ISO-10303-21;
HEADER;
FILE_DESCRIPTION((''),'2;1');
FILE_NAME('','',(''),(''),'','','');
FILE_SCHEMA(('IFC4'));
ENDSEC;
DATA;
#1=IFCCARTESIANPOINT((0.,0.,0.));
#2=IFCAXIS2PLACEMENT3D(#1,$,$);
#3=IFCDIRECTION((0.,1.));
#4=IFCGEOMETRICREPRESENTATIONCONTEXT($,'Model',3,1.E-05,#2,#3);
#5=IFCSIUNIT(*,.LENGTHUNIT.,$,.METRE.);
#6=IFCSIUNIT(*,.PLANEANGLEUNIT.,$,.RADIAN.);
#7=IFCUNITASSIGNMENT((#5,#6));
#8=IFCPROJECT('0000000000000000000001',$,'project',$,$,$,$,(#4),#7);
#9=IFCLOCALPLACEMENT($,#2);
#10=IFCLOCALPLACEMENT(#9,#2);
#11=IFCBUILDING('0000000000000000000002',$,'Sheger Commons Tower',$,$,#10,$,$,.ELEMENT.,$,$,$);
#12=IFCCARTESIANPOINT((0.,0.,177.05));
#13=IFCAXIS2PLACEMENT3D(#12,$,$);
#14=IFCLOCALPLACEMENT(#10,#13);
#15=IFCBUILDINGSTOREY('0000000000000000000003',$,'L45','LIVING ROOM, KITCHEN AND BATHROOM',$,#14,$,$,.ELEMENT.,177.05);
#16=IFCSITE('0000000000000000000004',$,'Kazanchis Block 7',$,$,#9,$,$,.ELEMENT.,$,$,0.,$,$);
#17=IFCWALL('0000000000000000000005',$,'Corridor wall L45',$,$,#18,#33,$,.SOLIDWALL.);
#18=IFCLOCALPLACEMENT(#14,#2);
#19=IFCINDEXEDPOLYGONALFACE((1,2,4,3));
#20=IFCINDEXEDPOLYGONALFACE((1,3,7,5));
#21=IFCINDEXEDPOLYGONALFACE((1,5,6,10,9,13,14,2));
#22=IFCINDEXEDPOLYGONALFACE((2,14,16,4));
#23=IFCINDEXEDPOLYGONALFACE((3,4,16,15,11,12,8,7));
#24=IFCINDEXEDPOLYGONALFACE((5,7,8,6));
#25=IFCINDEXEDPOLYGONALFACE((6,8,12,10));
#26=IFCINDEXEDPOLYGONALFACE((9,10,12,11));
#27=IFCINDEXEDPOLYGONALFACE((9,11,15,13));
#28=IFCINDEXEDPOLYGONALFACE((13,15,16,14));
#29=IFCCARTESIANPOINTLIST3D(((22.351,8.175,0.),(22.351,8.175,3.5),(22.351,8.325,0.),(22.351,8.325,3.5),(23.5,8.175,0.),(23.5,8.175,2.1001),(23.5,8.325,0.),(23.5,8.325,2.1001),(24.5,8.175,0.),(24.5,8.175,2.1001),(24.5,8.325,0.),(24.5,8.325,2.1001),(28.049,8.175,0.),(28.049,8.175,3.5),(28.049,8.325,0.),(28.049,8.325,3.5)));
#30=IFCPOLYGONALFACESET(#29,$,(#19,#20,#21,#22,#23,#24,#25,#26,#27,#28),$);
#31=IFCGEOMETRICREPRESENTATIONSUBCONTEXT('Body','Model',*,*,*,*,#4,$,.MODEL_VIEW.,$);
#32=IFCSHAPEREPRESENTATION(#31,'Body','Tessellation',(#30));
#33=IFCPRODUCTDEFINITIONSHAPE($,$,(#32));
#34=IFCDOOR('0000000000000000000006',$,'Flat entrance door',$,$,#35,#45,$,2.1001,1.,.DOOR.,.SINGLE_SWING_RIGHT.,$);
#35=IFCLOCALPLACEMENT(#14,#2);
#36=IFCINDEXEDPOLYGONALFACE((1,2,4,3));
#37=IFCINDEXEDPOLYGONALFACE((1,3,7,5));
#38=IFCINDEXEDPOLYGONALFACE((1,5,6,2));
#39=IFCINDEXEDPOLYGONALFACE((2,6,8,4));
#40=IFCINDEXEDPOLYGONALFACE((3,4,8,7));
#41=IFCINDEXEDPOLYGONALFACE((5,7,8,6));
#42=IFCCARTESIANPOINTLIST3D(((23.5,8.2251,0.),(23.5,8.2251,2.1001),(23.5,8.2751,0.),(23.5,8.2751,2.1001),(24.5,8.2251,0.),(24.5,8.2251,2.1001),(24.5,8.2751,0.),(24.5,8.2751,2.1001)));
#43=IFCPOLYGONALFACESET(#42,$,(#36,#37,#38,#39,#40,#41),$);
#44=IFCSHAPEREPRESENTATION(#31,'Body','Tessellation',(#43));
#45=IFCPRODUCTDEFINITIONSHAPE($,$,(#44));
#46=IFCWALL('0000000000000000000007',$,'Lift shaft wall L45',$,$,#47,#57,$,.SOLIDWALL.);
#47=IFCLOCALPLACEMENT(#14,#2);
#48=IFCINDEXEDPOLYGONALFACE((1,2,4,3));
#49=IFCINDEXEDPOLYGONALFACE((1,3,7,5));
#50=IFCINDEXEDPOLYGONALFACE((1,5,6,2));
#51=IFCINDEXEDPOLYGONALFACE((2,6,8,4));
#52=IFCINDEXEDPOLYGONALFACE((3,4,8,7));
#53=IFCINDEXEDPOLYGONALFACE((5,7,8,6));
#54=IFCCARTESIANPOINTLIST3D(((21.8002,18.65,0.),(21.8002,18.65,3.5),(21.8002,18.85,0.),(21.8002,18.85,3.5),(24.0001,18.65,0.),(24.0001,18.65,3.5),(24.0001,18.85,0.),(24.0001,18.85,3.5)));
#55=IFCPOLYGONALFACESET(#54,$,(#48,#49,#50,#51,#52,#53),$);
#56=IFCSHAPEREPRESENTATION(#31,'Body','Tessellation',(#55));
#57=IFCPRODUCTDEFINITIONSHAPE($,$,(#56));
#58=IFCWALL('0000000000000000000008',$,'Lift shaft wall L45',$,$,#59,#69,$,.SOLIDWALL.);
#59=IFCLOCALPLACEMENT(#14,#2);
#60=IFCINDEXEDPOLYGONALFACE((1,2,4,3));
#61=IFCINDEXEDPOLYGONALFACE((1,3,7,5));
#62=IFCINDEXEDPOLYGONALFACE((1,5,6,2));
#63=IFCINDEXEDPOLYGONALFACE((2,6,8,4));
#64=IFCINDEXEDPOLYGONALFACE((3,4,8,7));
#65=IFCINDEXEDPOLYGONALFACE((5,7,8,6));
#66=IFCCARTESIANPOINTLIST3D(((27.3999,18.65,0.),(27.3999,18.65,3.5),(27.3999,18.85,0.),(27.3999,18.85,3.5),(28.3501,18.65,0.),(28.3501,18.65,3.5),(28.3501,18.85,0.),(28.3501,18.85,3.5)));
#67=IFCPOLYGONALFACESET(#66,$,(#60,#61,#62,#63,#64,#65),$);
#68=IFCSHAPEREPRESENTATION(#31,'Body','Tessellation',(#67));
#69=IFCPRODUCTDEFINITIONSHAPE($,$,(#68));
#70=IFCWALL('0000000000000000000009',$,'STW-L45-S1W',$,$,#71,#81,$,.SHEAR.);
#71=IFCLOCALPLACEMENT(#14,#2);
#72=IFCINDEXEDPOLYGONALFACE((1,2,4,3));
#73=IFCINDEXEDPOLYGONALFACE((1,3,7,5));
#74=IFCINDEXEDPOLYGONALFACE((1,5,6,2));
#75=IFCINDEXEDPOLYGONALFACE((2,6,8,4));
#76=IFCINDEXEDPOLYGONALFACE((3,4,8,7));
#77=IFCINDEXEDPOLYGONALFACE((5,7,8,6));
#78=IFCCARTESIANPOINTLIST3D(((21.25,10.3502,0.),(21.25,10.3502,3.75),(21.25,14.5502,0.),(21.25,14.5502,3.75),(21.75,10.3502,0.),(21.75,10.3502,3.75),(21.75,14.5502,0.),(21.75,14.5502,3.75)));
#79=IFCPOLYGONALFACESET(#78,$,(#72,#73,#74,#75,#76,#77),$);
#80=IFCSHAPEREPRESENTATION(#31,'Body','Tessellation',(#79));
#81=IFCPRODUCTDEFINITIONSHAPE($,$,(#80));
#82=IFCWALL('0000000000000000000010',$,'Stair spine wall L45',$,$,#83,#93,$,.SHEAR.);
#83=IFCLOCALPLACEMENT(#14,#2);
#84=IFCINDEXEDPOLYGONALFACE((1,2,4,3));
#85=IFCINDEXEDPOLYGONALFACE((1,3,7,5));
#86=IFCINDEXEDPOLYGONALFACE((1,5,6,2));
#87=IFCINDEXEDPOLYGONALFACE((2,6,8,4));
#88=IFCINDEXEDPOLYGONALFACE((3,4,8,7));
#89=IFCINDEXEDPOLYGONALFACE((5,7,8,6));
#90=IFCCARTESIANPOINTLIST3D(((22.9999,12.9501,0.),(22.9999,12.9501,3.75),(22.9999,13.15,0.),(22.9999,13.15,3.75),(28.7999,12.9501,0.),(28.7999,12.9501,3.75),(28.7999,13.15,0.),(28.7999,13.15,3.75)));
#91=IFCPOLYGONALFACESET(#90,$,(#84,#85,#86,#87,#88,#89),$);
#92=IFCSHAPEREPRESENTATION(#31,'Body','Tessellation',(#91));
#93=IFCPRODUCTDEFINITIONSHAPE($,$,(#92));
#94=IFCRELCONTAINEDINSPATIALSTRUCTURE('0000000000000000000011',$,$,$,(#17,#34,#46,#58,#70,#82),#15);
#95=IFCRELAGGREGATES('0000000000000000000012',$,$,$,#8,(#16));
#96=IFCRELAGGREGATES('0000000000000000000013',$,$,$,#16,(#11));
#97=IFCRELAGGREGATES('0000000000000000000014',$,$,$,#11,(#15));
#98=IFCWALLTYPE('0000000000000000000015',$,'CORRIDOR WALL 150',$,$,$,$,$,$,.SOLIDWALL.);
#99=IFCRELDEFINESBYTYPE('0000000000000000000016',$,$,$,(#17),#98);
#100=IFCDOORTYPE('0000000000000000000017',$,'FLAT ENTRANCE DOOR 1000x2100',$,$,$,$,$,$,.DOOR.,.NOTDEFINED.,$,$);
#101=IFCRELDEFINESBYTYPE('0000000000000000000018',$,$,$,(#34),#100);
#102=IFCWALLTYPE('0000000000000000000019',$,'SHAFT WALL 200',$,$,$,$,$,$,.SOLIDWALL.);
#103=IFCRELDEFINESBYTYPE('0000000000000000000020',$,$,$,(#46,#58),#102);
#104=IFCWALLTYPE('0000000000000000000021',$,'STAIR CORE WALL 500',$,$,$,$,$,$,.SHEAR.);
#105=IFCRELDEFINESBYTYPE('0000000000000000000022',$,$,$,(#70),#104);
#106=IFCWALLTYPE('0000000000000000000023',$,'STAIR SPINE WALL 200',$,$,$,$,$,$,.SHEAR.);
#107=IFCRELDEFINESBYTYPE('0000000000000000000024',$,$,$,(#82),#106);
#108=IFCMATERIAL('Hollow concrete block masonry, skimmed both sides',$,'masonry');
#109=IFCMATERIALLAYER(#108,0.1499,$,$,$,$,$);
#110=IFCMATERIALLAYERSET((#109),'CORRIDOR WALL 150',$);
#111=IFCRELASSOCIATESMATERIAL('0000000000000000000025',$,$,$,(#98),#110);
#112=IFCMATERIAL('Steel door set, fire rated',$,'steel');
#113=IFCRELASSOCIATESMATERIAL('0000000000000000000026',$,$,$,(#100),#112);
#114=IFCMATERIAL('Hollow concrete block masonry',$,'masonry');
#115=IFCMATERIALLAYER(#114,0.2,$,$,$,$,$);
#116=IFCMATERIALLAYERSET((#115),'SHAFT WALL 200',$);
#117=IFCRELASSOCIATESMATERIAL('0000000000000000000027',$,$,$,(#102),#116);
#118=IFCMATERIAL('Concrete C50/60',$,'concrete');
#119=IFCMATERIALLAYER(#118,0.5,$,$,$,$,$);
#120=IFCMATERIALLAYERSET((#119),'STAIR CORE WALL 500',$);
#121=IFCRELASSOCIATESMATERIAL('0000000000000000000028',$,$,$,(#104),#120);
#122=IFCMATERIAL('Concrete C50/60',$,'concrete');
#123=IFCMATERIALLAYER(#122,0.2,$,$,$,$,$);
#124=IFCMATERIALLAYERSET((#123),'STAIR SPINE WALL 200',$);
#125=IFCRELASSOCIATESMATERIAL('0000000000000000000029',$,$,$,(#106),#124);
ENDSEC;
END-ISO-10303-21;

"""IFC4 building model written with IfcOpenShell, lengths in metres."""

from ifc_helpers import new_model, si_unit, direction, frame, frame_2d, origin, place, context, subcontext, project, spatial, rectangle, extrude, material, layer, layer_set, type_object, element, fill, save


model = new_model("IFC4")

# Units and contexts
model_context = context("Model", 3, precision=1e-05, world=origin(), true_north=direction((0.0, 1.0)))
body_context = subcontext(model_context, "Body", "Model", "MODEL_VIEW")
ifc_project = project(units=[si_unit("LENGTHUNIT", "METRE"), si_unit("PLANEANGLEUNIT", "RADIAN")], contexts=[model_context])

# Site, building, storey
site_placement = place(None, origin())
site = spatial("IfcSite", under=ifc_project, at=site_placement, Name="Kazanchis Block 7", CompositionType="ELEMENT", RefElevation=0.0)
building_placement = place(site_placement, origin())
building = spatial("IfcBuilding", under=site, at=building_placement, Name="Sheger Commons Tower", CompositionType="ELEMENT")
storey_placement = place(building_placement, frame((0.0, 0.0, 177.05)))
storey = spatial("IfcBuildingStorey", under=building, at=storey_placement, Name="L45", Description="LIVING ROOM, KITCHEN AND BATHROOM", CompositionType="ELEMENT", Elevation=177.05)

# Wall, opening, door
ifc_material_1 = material(Name="Hollow concrete block masonry, skimmed both sides", Category="masonry")
ifc_layer_1 = layer(ifc_material_1, 0.1499)
ifc_layer_set_1 = layer_set([ifc_layer_1], Name="CORRIDOR WALL 150")
wall_type_1 = type_object("IfcWallType", Name="CORRIDOR WALL 150", PredefinedType="SOLIDWALL", material=ifc_layer_set_1)
wall_1_placement = place(storey_placement, frame((28.0491, 8.25, 0.0), z_axis=(0.0, 0.0, 1.0), x_axis=(-1.0, 0.0, 0.0)))
wall_1 = element("IfcWall", 1, at=wall_1_placement, inside=storey, type_object=wall_type_1, Name="Corridor wall L45", PredefinedType="SOLIDWALL", context=body_context, shape_type="SweptSolid", body=[
    extrude(rectangle(XDim=5.698, YDim=0.1499, at=frame_2d((2.8491, 0.0))), origin(), (0.0, 0.0, 1.0), 3.5),
])
opening_1_placement = place(wall_1_placement, frame((3.5491, 0.0, 0.0)))
opening_1 = element("IfcOpeningElement", 2, at=opening_1_placement, cuts=wall_1, PredefinedType="OPENING", context=body_context, shape_type="SweptSolid", body=[
    extrude(rectangle(XDim=1.0, YDim=2.1001, at=frame_2d((0.5, 1.05))), frame((0.0, 0.085, 0.0), z_axis=(0.0, -1.0, 0.0), x_axis=(1.0, 0.0, 0.0)), (0.0, 0.0, 1.0), 0.1699),
])
ifc_material_2 = material(Name="Steel door set, fire rated", Category="steel")
door_type_1 = type_object("IfcDoorType", Name="FLAT ENTRANCE DOOR 1000x2100", OperationType="NOTDEFINED", PredefinedType="DOOR", material=ifc_material_2)
door_1_placement = place(opening_1_placement, origin())
door_1 = element("IfcDoor", 3, at=door_1_placement, inside=storey, type_object=door_type_1, Name="Flat entrance door", OperationType="SINGLE_SWING_RIGHT", OverallHeight=2.1001, OverallWidth=1.0, PredefinedType="DOOR", context=body_context, shape_type="SweptSolid", body=[
    extrude(rectangle(XDim=1.0, YDim=2.1001, at=frame_2d((0.5, 1.05))), frame((0.0, 0.0249, 0.0), z_axis=(0.0, -1.0, 0.0), x_axis=(1.0, 0.0, 0.0)), (0.0, 0.0, 1.0), 0.05),
])
fill(opening_1, door_1)

# Walls
ifc_material_3 = material(Name="Hollow concrete block masonry", Category="masonry")
ifc_layer_2 = layer(ifc_material_3, 0.2)
ifc_layer_set_2 = layer_set([ifc_layer_2], Name="SHAFT WALL 200")
wall_type_2 = type_object("IfcWallType", Name="SHAFT WALL 200", PredefinedType="SOLIDWALL", material=ifc_layer_set_2)
wall_2_placement = place(storey_placement, frame((21.8, 18.75, 0.0), z_axis=(0.0, 0.0, 1.0), x_axis=(1.0, 0.0, 0.0)))
element("IfcWall", 4, at=wall_2_placement, inside=storey, type_object=wall_type_2, Name="Lift shaft wall L45", PredefinedType="SOLIDWALL", context=body_context, shape_type="SweptSolid", body=[
    extrude(rectangle(XDim=2.2, YDim=0.2, at=frame_2d((1.1001, 0.0))), origin(), (0.0, 0.0, 1.0), 3.5),
])
wall_3_placement = place(storey_placement, frame((27.3999, 18.75, 0.0), z_axis=(0.0, 0.0, 1.0), x_axis=(1.0, 0.0, 0.0)))
element("IfcWall", 5, at=wall_3_placement, inside=storey, type_object=wall_type_2, Name="Lift shaft wall L45", PredefinedType="SOLIDWALL", context=body_context, shape_type="SweptSolid", body=[
    extrude(rectangle(XDim=0.9502, YDim=0.2, at=frame_2d((0.4751, 0.0))), origin(), (0.0, 0.0, 1.0), 3.5),
])
ifc_material_4 = material(Name="Concrete C50/60", Category="concrete")
ifc_layer_3 = layer(ifc_material_4, 0.5)
ifc_layer_set_3 = layer_set([ifc_layer_3], Name="STAIR CORE WALL 500")
wall_type_3 = type_object("IfcWallType", Name="STAIR CORE WALL 500", PredefinedType="SHEAR", material=ifc_layer_set_3)
wall_4_placement = place(storey_placement, frame((21.5, 10.3501, 0.0), z_axis=(0.0, 0.0, 1.0), x_axis=(0.0, 1.0, 0.0)))
element("IfcWall", 6, at=wall_4_placement, inside=storey, type_object=wall_type_3, Name="STW-L45-S1W", PredefinedType="SHEAR", context=body_context, shape_type="SweptSolid", body=[
    extrude(rectangle(XDim=4.2, YDim=0.5, at=frame_2d((2.1001, 0.0))), origin(), (0.0, 0.0, 1.0), 3.75),
])
ifc_material_5 = material(Name="Concrete C50/60", Category="concrete")
ifc_layer_4 = layer(ifc_material_5, 0.2)
ifc_layer_set_4 = layer_set([ifc_layer_4], Name="STAIR SPINE WALL 200")
wall_type_4 = type_object("IfcWallType", Name="STAIR SPINE WALL 200", PredefinedType="SHEAR", material=ifc_layer_set_4)
wall_5_placement = place(storey_placement, frame((23.0, 13.05, 0.0), z_axis=(0.0, 0.0, 1.0), x_axis=(1.0, 0.0, 0.0)))
element("IfcWall", 7, at=wall_5_placement, inside=storey, type_object=wall_type_4, Name="Stair spine wall L45", PredefinedType="SHEAR", context=body_context, shape_type="SweptSolid", body=[
    extrude(rectangle(XDim=5.8, YDim=0.2, at=frame_2d((2.8999, 0.0))), origin(), (0.0, 0.0, 1.0), 3.75),
])

save(model, "model.ifc")
